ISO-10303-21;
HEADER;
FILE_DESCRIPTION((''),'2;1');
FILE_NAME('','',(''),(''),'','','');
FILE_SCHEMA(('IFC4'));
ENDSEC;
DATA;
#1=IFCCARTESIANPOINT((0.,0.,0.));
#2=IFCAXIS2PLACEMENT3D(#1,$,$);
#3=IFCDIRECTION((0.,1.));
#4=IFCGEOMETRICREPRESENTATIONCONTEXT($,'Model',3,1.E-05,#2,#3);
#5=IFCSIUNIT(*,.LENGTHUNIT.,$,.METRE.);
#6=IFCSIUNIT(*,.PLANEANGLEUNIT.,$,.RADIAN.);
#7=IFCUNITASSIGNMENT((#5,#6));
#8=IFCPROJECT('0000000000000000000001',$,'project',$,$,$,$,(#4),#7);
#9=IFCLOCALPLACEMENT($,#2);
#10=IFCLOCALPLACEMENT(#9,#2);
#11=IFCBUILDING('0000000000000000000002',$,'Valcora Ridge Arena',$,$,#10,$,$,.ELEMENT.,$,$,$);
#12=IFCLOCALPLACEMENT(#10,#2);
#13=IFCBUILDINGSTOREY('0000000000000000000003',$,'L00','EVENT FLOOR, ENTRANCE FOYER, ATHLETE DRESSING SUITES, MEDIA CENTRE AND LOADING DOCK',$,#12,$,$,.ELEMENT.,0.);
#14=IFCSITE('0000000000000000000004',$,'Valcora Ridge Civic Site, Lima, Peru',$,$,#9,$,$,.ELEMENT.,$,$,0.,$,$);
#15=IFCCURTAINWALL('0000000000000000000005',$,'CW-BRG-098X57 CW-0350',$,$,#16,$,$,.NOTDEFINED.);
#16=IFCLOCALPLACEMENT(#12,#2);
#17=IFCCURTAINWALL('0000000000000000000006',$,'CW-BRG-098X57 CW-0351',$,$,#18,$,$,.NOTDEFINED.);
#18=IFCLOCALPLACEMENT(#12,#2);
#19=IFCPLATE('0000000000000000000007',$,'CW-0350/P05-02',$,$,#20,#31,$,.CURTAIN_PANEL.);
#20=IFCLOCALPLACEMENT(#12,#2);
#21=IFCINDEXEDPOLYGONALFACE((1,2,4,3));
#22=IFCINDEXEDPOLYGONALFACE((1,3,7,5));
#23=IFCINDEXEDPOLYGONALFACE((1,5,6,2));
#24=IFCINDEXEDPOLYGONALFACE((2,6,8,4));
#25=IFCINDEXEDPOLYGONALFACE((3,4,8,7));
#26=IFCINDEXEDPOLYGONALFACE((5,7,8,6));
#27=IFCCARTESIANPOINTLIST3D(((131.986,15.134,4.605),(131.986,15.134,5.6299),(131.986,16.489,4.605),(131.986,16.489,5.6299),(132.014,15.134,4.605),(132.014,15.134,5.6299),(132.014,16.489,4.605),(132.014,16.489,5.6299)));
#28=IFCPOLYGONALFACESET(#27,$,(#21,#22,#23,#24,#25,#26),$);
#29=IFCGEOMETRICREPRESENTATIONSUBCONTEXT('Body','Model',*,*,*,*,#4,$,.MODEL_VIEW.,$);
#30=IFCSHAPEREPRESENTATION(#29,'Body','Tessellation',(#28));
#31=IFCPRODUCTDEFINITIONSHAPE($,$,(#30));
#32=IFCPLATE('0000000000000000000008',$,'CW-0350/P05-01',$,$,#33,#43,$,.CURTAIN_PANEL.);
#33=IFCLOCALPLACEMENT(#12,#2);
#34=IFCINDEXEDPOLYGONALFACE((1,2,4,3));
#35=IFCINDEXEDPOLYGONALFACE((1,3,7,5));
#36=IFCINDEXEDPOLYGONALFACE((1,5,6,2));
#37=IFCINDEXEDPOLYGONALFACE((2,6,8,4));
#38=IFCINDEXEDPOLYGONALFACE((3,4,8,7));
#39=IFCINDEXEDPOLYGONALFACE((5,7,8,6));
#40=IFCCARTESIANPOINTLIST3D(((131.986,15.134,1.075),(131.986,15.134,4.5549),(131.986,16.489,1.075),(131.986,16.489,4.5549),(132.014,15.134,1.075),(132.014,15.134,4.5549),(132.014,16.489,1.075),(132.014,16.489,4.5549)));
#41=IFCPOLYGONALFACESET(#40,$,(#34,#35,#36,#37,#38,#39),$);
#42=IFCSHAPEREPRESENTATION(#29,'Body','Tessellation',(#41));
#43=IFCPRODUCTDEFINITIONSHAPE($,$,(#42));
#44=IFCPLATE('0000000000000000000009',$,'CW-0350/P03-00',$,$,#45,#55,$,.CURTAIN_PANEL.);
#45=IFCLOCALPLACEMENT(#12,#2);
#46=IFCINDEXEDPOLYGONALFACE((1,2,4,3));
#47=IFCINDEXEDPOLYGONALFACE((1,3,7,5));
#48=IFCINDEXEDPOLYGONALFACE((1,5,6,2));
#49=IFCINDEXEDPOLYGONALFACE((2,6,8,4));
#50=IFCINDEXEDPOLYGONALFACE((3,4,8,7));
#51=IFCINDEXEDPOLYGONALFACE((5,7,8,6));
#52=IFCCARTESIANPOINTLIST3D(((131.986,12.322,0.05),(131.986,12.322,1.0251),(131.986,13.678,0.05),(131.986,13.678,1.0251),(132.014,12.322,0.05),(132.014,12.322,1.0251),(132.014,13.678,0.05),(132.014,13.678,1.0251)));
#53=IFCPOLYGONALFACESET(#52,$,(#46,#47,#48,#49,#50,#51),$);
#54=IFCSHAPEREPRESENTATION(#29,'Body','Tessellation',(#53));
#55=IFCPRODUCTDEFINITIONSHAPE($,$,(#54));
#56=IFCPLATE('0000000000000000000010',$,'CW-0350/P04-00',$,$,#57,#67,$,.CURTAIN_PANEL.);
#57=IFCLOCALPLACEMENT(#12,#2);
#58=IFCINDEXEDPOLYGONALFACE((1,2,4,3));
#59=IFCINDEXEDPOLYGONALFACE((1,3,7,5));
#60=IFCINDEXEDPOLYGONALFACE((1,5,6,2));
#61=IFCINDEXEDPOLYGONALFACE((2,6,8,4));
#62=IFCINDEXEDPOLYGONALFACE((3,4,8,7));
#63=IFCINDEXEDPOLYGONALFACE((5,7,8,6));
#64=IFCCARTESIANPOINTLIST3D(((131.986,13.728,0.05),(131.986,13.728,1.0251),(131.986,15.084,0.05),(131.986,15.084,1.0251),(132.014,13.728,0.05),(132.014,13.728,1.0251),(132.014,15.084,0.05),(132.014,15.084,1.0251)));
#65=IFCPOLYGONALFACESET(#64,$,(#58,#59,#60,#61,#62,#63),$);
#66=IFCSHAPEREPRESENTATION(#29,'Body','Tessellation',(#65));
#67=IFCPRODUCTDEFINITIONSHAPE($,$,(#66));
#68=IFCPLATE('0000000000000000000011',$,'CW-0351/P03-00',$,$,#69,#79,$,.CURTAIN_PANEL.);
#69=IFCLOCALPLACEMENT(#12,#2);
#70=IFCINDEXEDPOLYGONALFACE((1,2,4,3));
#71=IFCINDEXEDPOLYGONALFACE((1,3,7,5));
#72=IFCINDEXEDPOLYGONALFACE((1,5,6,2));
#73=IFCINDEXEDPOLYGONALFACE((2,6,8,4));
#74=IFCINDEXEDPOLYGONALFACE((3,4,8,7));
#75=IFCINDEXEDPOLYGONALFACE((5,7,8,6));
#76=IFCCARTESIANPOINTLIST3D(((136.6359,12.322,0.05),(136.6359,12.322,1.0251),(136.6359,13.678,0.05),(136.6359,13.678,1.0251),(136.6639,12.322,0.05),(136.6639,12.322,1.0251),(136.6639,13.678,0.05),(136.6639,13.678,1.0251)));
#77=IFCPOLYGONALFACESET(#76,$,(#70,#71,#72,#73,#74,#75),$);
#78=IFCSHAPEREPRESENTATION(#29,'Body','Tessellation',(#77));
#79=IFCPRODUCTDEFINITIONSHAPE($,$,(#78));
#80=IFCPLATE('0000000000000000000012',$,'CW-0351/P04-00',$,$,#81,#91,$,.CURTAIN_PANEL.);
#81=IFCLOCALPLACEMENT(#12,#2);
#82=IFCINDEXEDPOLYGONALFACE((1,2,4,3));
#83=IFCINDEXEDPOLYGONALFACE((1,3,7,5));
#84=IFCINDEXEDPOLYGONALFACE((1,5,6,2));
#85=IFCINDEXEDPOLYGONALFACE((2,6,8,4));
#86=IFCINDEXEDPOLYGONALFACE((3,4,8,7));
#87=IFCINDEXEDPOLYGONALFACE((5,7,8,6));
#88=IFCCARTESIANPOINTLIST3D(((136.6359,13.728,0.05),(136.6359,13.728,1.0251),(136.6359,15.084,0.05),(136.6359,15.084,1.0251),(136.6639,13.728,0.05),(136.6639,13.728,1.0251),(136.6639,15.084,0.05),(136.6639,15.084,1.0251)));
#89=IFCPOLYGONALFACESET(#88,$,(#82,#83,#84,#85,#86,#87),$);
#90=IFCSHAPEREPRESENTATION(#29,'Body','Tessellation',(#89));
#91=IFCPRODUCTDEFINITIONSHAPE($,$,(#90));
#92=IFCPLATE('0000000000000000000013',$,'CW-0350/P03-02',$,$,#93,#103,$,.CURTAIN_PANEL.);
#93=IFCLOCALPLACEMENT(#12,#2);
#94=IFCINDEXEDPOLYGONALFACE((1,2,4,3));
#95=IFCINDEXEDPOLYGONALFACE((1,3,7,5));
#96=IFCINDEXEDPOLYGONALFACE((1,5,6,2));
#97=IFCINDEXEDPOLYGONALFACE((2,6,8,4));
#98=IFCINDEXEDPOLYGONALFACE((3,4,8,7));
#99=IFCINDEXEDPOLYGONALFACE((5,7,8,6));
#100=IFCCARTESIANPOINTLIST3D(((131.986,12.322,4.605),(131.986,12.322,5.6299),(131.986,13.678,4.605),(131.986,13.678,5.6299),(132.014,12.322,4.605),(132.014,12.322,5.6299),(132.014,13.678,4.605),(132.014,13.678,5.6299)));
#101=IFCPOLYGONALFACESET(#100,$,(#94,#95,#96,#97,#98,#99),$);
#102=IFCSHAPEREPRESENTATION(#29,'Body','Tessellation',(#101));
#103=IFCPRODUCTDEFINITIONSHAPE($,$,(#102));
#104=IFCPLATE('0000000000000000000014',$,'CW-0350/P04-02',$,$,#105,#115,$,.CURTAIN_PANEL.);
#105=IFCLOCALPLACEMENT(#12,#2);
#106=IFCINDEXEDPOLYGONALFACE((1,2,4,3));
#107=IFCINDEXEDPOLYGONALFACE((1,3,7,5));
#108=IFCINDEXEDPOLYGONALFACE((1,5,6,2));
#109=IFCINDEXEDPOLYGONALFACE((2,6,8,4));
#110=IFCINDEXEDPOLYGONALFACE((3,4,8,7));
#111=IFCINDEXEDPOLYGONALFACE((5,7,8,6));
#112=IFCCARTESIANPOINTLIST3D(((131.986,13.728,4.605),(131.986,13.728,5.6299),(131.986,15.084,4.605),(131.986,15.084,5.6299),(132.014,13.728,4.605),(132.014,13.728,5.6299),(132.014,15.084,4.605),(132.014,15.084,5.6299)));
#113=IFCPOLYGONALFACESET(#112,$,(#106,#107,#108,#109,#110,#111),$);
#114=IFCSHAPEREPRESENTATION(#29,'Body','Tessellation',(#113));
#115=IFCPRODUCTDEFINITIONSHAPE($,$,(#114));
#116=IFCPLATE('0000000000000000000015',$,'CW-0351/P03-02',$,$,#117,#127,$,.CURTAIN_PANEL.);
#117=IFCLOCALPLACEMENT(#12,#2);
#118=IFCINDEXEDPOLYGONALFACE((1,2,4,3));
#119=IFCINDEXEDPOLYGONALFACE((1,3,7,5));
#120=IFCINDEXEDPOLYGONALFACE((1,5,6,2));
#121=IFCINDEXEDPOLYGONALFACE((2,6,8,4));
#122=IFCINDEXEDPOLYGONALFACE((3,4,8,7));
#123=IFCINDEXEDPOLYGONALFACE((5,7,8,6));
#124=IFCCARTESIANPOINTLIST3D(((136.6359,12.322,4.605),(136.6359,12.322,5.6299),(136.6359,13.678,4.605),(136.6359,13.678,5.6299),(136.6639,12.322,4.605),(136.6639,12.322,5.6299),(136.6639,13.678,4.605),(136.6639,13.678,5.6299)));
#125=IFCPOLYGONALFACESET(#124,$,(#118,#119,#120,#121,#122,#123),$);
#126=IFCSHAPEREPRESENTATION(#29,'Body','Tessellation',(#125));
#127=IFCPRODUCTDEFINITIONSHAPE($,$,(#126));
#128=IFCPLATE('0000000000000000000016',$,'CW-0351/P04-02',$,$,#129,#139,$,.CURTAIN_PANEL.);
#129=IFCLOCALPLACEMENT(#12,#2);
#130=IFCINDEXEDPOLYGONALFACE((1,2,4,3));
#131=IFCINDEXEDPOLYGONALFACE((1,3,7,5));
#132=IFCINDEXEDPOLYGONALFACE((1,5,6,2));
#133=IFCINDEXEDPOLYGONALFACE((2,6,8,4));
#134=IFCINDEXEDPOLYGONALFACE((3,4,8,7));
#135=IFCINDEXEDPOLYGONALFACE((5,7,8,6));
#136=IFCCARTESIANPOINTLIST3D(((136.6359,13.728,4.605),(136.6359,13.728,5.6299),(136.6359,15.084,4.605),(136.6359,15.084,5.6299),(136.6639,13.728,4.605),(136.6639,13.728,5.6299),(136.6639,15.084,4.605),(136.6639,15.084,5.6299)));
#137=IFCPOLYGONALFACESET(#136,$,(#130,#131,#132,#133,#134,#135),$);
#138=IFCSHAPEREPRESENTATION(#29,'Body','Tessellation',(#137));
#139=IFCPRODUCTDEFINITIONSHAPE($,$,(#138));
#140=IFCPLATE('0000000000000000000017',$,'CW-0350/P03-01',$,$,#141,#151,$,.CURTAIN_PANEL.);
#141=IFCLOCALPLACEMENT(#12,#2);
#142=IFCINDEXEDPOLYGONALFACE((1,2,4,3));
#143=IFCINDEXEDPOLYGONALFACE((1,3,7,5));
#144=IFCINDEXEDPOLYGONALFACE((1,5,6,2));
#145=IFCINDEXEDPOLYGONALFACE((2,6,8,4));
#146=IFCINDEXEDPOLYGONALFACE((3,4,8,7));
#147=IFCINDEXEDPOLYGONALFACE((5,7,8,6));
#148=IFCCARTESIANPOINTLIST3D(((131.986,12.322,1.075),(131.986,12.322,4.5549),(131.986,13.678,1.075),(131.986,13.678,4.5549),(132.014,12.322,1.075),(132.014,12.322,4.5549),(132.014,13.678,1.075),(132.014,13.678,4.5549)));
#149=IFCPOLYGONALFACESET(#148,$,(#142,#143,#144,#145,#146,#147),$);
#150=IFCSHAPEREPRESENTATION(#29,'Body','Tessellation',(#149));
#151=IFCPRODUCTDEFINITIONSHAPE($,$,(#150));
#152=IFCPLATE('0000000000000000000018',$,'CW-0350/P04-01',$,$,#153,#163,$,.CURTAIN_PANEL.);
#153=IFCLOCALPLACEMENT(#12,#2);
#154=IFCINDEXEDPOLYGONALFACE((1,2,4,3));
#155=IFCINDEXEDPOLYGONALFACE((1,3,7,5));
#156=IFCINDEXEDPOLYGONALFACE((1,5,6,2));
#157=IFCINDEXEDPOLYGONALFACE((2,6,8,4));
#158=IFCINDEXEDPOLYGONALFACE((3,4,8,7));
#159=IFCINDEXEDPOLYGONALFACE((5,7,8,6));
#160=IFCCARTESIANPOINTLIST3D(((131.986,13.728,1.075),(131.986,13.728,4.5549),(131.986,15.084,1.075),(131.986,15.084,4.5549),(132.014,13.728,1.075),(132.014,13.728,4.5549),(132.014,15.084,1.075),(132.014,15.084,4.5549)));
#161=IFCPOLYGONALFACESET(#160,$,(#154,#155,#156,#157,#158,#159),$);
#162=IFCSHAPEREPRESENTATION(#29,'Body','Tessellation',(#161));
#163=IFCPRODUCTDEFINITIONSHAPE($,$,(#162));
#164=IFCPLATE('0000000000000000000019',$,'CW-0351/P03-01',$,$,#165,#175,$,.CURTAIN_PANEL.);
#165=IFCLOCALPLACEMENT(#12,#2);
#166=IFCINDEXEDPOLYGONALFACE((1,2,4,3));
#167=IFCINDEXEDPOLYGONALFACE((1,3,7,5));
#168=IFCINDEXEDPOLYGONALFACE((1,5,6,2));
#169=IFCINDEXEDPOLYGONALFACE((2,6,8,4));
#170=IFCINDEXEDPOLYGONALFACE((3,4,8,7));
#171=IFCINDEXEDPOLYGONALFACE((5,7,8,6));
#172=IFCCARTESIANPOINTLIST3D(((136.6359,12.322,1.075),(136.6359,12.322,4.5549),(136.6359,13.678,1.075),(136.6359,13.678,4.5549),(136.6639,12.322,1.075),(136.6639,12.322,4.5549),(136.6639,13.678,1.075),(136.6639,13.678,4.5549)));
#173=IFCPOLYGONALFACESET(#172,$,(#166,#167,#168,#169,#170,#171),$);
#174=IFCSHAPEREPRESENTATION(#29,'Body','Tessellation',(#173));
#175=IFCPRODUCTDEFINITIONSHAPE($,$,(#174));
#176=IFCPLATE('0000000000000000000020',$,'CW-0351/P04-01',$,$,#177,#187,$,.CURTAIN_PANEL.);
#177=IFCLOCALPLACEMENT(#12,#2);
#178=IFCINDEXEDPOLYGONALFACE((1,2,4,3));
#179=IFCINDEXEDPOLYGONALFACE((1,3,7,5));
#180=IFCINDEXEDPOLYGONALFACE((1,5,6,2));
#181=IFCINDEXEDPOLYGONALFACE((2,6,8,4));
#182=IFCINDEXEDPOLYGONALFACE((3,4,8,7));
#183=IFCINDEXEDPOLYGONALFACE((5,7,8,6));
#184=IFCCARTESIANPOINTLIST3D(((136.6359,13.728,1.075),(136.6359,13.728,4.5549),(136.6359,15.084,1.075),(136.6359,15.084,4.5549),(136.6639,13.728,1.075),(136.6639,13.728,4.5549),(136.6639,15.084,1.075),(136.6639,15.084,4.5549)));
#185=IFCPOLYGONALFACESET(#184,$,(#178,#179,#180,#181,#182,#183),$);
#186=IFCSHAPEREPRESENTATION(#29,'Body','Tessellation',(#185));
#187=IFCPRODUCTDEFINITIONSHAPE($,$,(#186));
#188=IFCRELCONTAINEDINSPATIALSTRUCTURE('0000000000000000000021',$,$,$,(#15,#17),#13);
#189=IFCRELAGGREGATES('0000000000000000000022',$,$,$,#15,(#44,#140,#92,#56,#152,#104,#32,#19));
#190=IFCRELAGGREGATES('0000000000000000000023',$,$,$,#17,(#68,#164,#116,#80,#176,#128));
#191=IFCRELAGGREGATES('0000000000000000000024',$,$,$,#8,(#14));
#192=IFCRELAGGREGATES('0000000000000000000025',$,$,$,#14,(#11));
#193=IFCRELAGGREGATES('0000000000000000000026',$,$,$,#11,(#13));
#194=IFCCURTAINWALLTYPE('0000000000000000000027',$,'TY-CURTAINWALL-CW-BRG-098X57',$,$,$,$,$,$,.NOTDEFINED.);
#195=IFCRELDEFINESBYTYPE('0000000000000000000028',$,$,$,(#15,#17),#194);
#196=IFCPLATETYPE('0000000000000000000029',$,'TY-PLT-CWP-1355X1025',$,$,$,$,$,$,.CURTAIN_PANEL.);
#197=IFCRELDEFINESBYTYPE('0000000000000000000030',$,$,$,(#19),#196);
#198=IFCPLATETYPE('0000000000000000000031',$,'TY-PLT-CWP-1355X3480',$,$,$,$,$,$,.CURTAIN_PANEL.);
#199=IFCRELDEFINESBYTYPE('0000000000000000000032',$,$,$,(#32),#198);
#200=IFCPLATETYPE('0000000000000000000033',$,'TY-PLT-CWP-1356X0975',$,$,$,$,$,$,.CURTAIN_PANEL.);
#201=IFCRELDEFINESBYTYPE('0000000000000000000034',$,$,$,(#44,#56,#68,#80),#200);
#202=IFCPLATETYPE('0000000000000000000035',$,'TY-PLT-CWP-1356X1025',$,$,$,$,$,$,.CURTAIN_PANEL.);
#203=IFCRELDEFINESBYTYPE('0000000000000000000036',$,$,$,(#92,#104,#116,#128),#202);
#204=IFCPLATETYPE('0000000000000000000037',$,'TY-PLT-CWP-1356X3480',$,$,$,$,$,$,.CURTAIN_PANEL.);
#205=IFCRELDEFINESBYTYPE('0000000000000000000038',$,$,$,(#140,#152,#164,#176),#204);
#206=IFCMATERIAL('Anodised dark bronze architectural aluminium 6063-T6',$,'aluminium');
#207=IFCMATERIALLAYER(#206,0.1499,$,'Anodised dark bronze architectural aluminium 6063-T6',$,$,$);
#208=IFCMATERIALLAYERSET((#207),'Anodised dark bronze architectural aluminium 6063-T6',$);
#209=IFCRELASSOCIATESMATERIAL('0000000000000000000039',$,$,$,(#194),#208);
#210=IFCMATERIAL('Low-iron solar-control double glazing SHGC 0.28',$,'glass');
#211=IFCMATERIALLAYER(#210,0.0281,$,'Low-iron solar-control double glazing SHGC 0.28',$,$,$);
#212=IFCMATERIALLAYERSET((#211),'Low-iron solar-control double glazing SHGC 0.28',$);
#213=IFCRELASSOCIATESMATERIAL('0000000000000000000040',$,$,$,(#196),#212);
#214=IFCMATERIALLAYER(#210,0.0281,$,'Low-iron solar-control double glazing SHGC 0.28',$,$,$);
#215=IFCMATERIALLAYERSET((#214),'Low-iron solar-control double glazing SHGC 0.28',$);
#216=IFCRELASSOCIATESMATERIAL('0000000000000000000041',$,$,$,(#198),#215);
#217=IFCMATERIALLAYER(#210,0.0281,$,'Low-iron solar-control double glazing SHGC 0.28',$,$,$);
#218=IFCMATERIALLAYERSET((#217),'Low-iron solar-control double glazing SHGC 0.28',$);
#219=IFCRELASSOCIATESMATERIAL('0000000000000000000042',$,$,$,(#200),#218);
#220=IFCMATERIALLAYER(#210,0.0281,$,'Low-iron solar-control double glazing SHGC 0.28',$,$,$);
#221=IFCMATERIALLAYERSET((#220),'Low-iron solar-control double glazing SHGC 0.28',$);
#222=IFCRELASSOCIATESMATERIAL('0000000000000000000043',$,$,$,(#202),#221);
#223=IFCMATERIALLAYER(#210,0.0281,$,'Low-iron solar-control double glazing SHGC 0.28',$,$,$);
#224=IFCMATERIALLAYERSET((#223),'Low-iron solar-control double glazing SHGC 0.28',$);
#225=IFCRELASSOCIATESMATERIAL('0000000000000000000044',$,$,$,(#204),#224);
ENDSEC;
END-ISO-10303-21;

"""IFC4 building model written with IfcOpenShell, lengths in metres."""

from ifc_helpers import new_model, si_unit, direction, frame, origin, origin_2d, place, context, subcontext, project, spatial, rectangle, extrude, material, layer, layer_set, type_object, element, aggregate, save


model = new_model("IFC4")

# Units and contexts
model_context = context("Model", 3, precision=1e-05, world=origin(), true_north=direction((0.0, 1.0)))
body_context = subcontext(model_context, "Body", "Model", "MODEL_VIEW")
ifc_project = project(units=[si_unit("LENGTHUNIT", "METRE"), si_unit("PLANEANGLEUNIT", "RADIAN")], contexts=[model_context])

# Site, building, storey
site_placement = place(None, origin())
site = spatial("IfcSite", under=ifc_project, at=site_placement, Name="Valcora Ridge Civic Site, Lima, Peru", CompositionType="ELEMENT", RefElevation=0.0)
building_placement = place(site_placement, origin())
building = spatial("IfcBuilding", under=site, at=building_placement, Name="Valcora Ridge Arena", CompositionType="ELEMENT")
storey_placement = place(building_placement, origin())
storey = spatial("IfcBuildingStorey", under=building, at=storey_placement, Name="L00", Description="EVENT FLOOR, ENTRANCE FOYER, ATHLETE DRESSING SUITES, MEDIA CENTRE AND LOADING DOCK", CompositionType="ELEMENT", Elevation=0.0)

# Curtain walls
ifc_material_1 = material(Name="Anodised dark bronze architectural aluminium 6063-T6", Category="aluminium")
ifc_layer_1 = layer(ifc_material_1, 0.1499, Name="Anodised dark bronze architectural aluminium 6063-T6")
ifc_layer_set_1 = layer_set([ifc_layer_1], Name="Anodised dark bronze architectural aluminium 6063-T6")
curtain_wall_type = type_object("IfcCurtainWallType", Name="TY-CURTAINWALL-CW-BRG-098X57", PredefinedType="NOTDEFINED", material=ifc_layer_set_1)
curtain_wall_1_placement = place(storey_placement, origin())
curtain_wall_1 = element("IfcCurtainWall", 1, at=curtain_wall_1_placement, inside=storey, type_object=curtain_wall_type, Name="CW-BRG-098X57 CW-0350", PredefinedType="NOTDEFINED")
curtain_wall_2_placement = place(storey_placement, origin())
curtain_wall_2 = element("IfcCurtainWall", 2, at=curtain_wall_2_placement, inside=storey, type_object=curtain_wall_type, Name="CW-BRG-098X57 CW-0351", PredefinedType="NOTDEFINED")

# Plates
ifc_material_2 = material(Name="Low-iron solar-control double glazing SHGC 0.28", Category="glass")
ifc_layer_2 = layer(ifc_material_2, 0.0281, Name="Low-iron solar-control double glazing SHGC 0.28")
ifc_layer_set_2 = layer_set([ifc_layer_2], Name="Low-iron solar-control double glazing SHGC 0.28")
plate_type_1 = type_object("IfcPlateType", Name="TY-PLT-CWP-1355X1025", PredefinedType="CURTAIN_PANEL", material=ifc_layer_set_2)
plate_1_placement = place(storey_placement, frame((132.0, 15.8115, 4.605), z_axis=(0.0, 0.0, 1.0), x_axis=(0.0, 1.0, 0.0)))
plate_1 = element("IfcPlate", 3, at=plate_1_placement, type_object=plate_type_1, Name="CW-0350/P05-02", PredefinedType="CURTAIN_PANEL", context=body_context, shape_type="SweptSolid", body=[
    extrude(rectangle(XDim=1.355, YDim=0.0281, at=origin_2d()), origin(), (0.0, 0.0, 1.0), 1.0249),
])
ifc_layer_3 = layer(ifc_material_2, 0.0281, Name="Low-iron solar-control double glazing SHGC 0.28")
ifc_layer_set_3 = layer_set([ifc_layer_3], Name="Low-iron solar-control double glazing SHGC 0.28")
plate_type_2 = type_object("IfcPlateType", Name="TY-PLT-CWP-1355X3480", PredefinedType="CURTAIN_PANEL", material=ifc_layer_set_3)
plate_2_placement = place(storey_placement, frame((132.0, 15.8115, 1.075), z_axis=(0.0, 0.0, 1.0), x_axis=(0.0, 1.0, 0.0)))
plate_2 = element("IfcPlate", 4, at=plate_2_placement, type_object=plate_type_2, Name="CW-0350/P05-01", PredefinedType="CURTAIN_PANEL", context=body_context, shape_type="SweptSolid", body=[
    extrude(rectangle(XDim=1.355, YDim=0.0281, at=origin_2d()), origin(), (0.0, 0.0, 1.0), 3.48),
])
ifc_layer_4 = layer(ifc_material_2, 0.0281, Name="Low-iron solar-control double glazing SHGC 0.28")
ifc_layer_set_4 = layer_set([ifc_layer_4], Name="Low-iron solar-control double glazing SHGC 0.28")
plate_type_3 = type_object("IfcPlateType", Name="TY-PLT-CWP-1356X0975", PredefinedType="CURTAIN_PANEL", material=ifc_layer_set_4)
plate_3_placement = place(storey_placement, frame((132.0, 13.0, 0.05), z_axis=(0.0, 0.0, 1.0), x_axis=(0.0, 1.0, 0.0)))
plate_3 = element("IfcPlate", 5, at=plate_3_placement, type_object=plate_type_3, Name="CW-0350/P03-00", PredefinedType="CURTAIN_PANEL", context=body_context, shape_type="SweptSolid", body=[
    extrude(rectangle(XDim=1.356, YDim=0.0281, at=origin_2d()), origin(), (0.0, 0.0, 1.0), 0.9751),
])
plate_4_placement = place(storey_placement, frame((132.0, 14.406, 0.05), z_axis=(0.0, 0.0, 1.0), x_axis=(0.0, 1.0, 0.0)))
plate_4 = element("IfcPlate", 6, at=plate_4_placement, type_object=plate_type_3, Name="CW-0350/P04-00", PredefinedType="CURTAIN_PANEL", context=body_context, shape_type="SweptSolid", body=[
    extrude(rectangle(XDim=1.356, YDim=0.0281, at=origin_2d()), origin(), (0.0, 0.0, 1.0), 0.9751),
])
plate_5_placement = place(storey_placement, frame((136.6499, 13.0, 0.05), z_axis=(0.0, 0.0, 1.0), x_axis=(0.0, 1.0, 0.0)))
plate_5 = element("IfcPlate", 7, at=plate_5_placement, type_object=plate_type_3, Name="CW-0351/P03-00", PredefinedType="CURTAIN_PANEL", context=body_context, shape_type="SweptSolid", body=[
    extrude(rectangle(XDim=1.356, YDim=0.0281, at=origin_2d()), origin(), (0.0, 0.0, 1.0), 0.9751),
])
plate_6_placement = place(storey_placement, frame((136.6499, 14.406, 0.05), z_axis=(0.0, 0.0, 1.0), x_axis=(0.0, 1.0, 0.0)))
plate_6 = element("IfcPlate", 8, at=plate_6_placement, type_object=plate_type_3, Name="CW-0351/P04-00", PredefinedType="CURTAIN_PANEL", context=body_context, shape_type="SweptSolid", body=[
    extrude(rectangle(XDim=1.356, YDim=0.0281, at=origin_2d()), origin(), (0.0, 0.0, 1.0), 0.9751),
])
ifc_layer_5 = layer(ifc_material_2, 0.0281, Name="Low-iron solar-control double glazing SHGC 0.28")
ifc_layer_set_5 = layer_set([ifc_layer_5], Name="Low-iron solar-control double glazing SHGC 0.28")
plate_type_4 = type_object("IfcPlateType", Name="TY-PLT-CWP-1356X1025", PredefinedType="CURTAIN_PANEL", material=ifc_layer_set_5)
plate_7_placement = place(storey_placement, frame((132.0, 13.0, 4.605), z_axis=(0.0, 0.0, 1.0), x_axis=(0.0, 1.0, 0.0)))
plate_7 = element("IfcPlate", 9, at=plate_7_placement, type_object=plate_type_4, Name="CW-0350/P03-02", PredefinedType="CURTAIN_PANEL", context=body_context, shape_type="SweptSolid", body=[
    extrude(rectangle(XDim=1.356, YDim=0.0281, at=origin_2d()), origin(), (0.0, 0.0, 1.0), 1.0249),
])
plate_8_placement = place(storey_placement, frame((132.0, 14.406, 4.605), z_axis=(0.0, 0.0, 1.0), x_axis=(0.0, 1.0, 0.0)))
plate_8 = element("IfcPlate", 10, at=plate_8_placement, type_object=plate_type_4, Name="CW-0350/P04-02", PredefinedType="CURTAIN_PANEL", context=body_context, shape_type="SweptSolid", body=[
    extrude(rectangle(XDim=1.356, YDim=0.0281, at=origin_2d()), origin(), (0.0, 0.0, 1.0), 1.0249),
])
plate_9_placement = place(storey_placement, frame((136.6499, 13.0, 4.605), z_axis=(0.0, 0.0, 1.0), x_axis=(0.0, 1.0, 0.0)))
plate_9 = element("IfcPlate", 11, at=plate_9_placement, type_object=plate_type_4, Name="CW-0351/P03-02", PredefinedType="CURTAIN_PANEL", context=body_context, shape_type="SweptSolid", body=[
    extrude(rectangle(XDim=1.356, YDim=0.0281, at=origin_2d()), origin(), (0.0, 0.0, 1.0), 1.0249),
])
plate_10_placement = place(storey_placement, frame((136.6499, 14.406, 4.605), z_axis=(0.0, 0.0, 1.0), x_axis=(0.0, 1.0, 0.0)))
plate_10 = element("IfcPlate", 12, at=plate_10_placement, type_object=plate_type_4, Name="CW-0351/P04-02", PredefinedType="CURTAIN_PANEL", context=body_context, shape_type="SweptSolid", body=[
    extrude(rectangle(XDim=1.356, YDim=0.0281, at=origin_2d()), origin(), (0.0, 0.0, 1.0), 1.0249),
])
ifc_layer_6 = layer(ifc_material_2, 0.0281, Name="Low-iron solar-control double glazing SHGC 0.28")
ifc_layer_set_6 = layer_set([ifc_layer_6], Name="Low-iron solar-control double glazing SHGC 0.28")
plate_type_5 = type_object("IfcPlateType", Name="TY-PLT-CWP-1356X3480", PredefinedType="CURTAIN_PANEL", material=ifc_layer_set_6)
plate_11_placement = place(storey_placement, frame((132.0, 13.0, 1.075), z_axis=(0.0, 0.0, 1.0), x_axis=(0.0, 1.0, 0.0)))
plate_11 = element("IfcPlate", 13, at=plate_11_placement, type_object=plate_type_5, Name="CW-0350/P03-01", PredefinedType="CURTAIN_PANEL", context=body_context, shape_type="SweptSolid", body=[
    extrude(rectangle(XDim=1.356, YDim=0.0281, at=origin_2d()), origin(), (0.0, 0.0, 1.0), 3.48),
])
plate_12_placement = place(storey_placement, frame((132.0, 14.406, 1.075), z_axis=(0.0, 0.0, 1.0), x_axis=(0.0, 1.0, 0.0)))
plate_12 = element("IfcPlate", 14, at=plate_12_placement, type_object=plate_type_5, Name="CW-0350/P04-01", PredefinedType="CURTAIN_PANEL", context=body_context, shape_type="SweptSolid", body=[
    extrude(rectangle(XDim=1.356, YDim=0.0281, at=origin_2d()), origin(), (0.0, 0.0, 1.0), 3.48),
])
aggregate(curtain_wall_1, [plate_3, plate_11, plate_7, plate_4, plate_12, plate_8, plate_2, plate_1])
plate_13_placement = place(storey_placement, frame((136.6499, 13.0, 1.075), z_axis=(0.0, 0.0, 1.0), x_axis=(0.0, 1.0, 0.0)))
plate_13 = element("IfcPlate", 15, at=plate_13_placement, type_object=plate_type_5, Name="CW-0351/P03-01", PredefinedType="CURTAIN_PANEL", context=body_context, shape_type="SweptSolid", body=[
    extrude(rectangle(XDim=1.356, YDim=0.0281, at=origin_2d()), origin(), (0.0, 0.0, 1.0), 3.48),
])
plate_14_placement = place(storey_placement, frame((136.6499, 14.406, 1.075), z_axis=(0.0, 0.0, 1.0), x_axis=(0.0, 1.0, 0.0)))
plate_14 = element("IfcPlate", 16, at=plate_14_placement, type_object=plate_type_5, Name="CW-0351/P04-01", PredefinedType="CURTAIN_PANEL", context=body_context, shape_type="SweptSolid", body=[
    extrude(rectangle(XDim=1.356, YDim=0.0281, at=origin_2d()), origin(), (0.0, 0.0, 1.0), 3.48),
])
aggregate(curtain_wall_2, [plate_5, plate_13, plate_9, plate_6, plate_14, plate_10])

save(model, "model.ifc")
